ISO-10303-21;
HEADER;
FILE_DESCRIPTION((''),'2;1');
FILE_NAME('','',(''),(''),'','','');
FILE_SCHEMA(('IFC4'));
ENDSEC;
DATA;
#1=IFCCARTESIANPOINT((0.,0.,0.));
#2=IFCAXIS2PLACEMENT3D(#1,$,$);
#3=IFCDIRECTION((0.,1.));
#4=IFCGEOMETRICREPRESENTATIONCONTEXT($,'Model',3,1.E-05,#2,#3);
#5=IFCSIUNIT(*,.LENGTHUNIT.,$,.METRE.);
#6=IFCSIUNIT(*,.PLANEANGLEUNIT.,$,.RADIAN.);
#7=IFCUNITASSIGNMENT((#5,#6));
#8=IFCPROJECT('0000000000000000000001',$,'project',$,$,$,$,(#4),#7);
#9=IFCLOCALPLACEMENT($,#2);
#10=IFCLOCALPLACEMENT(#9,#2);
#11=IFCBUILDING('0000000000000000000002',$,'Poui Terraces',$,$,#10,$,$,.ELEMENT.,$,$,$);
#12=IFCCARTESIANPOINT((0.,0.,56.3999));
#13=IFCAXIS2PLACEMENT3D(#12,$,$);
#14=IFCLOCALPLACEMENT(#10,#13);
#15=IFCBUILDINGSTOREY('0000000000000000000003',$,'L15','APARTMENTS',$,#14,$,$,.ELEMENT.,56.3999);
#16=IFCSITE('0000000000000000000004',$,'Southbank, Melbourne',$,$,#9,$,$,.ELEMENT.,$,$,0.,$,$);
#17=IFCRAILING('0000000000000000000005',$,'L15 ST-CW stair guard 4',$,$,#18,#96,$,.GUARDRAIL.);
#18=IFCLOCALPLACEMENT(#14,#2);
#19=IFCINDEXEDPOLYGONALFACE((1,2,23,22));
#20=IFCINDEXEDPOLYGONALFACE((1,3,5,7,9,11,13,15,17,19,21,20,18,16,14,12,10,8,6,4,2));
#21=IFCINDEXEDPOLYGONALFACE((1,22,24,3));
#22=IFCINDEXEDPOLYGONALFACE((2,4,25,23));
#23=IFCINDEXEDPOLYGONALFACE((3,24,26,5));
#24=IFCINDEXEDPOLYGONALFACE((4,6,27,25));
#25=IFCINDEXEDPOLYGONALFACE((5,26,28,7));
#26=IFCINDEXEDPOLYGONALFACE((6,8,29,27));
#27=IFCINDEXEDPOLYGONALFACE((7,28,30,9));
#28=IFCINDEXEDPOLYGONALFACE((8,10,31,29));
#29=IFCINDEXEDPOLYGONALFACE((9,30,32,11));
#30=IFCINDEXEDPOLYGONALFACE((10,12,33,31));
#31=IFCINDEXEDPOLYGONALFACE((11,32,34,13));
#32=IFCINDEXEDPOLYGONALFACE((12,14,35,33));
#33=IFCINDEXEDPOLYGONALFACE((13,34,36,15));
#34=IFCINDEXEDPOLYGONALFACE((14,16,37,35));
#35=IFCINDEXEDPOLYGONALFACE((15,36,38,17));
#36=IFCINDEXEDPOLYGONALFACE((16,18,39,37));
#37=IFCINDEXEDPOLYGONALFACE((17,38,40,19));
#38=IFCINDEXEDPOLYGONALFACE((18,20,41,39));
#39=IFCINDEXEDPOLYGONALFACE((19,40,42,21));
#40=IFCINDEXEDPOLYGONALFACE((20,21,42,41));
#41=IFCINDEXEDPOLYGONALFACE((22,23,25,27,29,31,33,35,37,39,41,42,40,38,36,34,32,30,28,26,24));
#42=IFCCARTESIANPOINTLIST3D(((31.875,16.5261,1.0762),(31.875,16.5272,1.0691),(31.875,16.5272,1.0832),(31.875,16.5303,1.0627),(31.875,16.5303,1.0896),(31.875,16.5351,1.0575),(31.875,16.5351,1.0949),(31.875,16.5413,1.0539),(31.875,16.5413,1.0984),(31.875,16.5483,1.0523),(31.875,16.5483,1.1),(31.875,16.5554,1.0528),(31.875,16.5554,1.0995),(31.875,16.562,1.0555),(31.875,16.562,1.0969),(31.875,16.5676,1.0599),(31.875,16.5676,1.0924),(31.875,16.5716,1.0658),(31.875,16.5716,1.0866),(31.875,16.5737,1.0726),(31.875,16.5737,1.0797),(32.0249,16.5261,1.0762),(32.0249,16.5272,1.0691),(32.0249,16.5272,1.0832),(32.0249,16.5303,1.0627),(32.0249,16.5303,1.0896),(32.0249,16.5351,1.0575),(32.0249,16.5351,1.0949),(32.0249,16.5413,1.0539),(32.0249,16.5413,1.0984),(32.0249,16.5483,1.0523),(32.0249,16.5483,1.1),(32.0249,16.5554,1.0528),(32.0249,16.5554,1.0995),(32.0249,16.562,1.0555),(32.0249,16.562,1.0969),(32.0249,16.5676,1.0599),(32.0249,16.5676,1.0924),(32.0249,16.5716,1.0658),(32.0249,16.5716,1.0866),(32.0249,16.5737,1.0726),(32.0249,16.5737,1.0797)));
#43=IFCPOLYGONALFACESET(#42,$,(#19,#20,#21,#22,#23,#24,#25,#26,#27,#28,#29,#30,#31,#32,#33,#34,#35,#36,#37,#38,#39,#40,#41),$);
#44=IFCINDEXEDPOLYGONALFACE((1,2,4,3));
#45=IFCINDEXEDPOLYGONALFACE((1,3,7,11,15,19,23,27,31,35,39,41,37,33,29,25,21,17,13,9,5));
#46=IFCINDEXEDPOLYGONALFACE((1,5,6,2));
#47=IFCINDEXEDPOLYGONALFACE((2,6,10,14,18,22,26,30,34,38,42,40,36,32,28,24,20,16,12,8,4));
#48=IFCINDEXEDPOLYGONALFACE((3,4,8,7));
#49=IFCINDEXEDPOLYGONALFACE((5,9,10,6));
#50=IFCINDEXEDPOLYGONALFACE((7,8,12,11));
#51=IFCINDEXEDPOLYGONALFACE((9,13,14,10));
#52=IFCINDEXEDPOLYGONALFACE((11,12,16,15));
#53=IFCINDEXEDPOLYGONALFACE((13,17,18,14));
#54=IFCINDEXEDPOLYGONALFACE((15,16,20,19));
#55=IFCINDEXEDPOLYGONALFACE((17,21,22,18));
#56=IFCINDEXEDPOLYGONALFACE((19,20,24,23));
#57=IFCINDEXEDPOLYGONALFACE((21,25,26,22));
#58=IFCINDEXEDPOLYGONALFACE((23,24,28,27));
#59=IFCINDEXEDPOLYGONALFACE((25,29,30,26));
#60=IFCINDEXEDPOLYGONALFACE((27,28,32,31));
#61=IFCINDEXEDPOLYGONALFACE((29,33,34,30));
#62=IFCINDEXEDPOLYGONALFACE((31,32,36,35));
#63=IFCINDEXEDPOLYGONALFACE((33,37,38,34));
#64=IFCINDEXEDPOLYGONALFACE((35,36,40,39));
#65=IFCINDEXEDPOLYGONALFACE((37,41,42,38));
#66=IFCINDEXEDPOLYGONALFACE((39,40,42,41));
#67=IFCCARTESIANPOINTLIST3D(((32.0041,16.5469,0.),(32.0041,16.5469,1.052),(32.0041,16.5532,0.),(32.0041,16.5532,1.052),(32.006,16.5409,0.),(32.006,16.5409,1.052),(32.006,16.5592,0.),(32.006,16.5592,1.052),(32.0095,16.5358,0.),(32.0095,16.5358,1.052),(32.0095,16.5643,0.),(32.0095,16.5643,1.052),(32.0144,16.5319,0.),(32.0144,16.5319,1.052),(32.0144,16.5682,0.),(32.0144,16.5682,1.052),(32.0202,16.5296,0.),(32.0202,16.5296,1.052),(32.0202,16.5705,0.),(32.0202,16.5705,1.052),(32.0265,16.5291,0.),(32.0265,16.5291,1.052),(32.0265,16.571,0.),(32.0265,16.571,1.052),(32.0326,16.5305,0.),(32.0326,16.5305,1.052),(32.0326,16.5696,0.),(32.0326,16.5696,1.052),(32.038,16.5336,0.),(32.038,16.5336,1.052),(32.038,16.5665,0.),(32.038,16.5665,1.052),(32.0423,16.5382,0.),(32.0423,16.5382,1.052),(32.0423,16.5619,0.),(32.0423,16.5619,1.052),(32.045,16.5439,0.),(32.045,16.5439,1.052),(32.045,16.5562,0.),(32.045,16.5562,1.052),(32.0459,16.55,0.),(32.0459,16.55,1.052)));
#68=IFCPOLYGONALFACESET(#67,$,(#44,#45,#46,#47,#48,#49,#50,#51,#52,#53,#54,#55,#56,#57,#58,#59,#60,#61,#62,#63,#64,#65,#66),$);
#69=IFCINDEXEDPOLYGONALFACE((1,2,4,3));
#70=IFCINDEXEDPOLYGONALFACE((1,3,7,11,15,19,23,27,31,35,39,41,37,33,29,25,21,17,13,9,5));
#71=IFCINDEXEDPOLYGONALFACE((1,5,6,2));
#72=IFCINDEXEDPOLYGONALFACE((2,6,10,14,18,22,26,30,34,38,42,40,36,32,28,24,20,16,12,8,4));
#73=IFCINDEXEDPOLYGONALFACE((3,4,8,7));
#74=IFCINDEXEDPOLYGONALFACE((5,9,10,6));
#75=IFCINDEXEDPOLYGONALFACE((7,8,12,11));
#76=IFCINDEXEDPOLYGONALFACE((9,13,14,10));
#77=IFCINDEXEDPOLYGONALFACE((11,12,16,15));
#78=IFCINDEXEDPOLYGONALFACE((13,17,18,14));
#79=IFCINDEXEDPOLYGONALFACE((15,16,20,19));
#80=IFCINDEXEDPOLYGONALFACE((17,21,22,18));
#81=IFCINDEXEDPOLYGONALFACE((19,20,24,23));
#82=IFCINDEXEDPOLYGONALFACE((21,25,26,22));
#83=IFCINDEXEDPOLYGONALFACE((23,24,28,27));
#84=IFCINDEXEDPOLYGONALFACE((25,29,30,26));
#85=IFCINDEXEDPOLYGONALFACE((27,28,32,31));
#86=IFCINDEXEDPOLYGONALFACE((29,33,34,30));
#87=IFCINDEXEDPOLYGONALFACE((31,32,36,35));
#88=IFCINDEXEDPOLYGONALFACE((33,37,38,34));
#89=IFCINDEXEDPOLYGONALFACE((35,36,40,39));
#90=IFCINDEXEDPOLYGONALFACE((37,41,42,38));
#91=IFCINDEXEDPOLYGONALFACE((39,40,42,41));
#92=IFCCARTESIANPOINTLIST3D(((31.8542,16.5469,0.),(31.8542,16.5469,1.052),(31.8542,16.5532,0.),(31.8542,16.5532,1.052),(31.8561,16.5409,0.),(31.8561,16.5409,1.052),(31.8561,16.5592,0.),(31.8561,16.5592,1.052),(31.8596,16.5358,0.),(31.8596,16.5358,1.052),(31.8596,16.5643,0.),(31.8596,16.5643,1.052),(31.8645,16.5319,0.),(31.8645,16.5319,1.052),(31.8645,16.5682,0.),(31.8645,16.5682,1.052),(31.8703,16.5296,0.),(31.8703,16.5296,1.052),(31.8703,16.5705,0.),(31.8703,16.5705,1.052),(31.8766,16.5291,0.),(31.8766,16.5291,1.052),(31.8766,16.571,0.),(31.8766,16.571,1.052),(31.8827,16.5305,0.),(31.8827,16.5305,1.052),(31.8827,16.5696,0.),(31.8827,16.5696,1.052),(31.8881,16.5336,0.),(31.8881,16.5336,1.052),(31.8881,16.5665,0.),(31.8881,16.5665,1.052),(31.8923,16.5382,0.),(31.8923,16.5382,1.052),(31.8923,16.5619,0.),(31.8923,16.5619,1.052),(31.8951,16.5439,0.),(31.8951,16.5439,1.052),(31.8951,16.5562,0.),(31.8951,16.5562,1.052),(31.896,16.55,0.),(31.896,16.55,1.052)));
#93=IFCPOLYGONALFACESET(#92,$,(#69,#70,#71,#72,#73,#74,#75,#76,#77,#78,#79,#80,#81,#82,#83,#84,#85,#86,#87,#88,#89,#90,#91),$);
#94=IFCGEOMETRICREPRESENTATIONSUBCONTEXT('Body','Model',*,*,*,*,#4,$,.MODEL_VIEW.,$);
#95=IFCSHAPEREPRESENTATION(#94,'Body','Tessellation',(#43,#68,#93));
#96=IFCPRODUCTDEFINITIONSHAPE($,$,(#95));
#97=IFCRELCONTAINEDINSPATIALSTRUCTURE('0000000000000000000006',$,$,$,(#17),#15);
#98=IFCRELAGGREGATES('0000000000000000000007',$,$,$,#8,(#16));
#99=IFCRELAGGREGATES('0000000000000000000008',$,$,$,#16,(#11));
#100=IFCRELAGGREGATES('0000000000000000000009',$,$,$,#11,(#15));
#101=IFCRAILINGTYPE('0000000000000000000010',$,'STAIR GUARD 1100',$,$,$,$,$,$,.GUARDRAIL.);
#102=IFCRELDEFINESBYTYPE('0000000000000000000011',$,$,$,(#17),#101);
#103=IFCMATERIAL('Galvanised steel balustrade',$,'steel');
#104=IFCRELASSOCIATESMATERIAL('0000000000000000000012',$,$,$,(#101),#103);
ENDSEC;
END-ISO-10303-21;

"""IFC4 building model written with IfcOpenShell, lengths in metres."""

from ifc_helpers import new_model, si_unit, direction, frame, origin, origin_2d, place, context, subcontext, project, spatial, circle, extrude, material, type_object, element, save


model = new_model("IFC4")

# Units and contexts
model_context = context("Model", 3, precision=1e-05, world=origin(), true_north=direction((0.0, 1.0)))
body_context = subcontext(model_context, "Body", "Model", "MODEL_VIEW")
ifc_project = project(units=[si_unit("LENGTHUNIT", "METRE"), si_unit("PLANEANGLEUNIT", "RADIAN")], contexts=[model_context])

# Site, building, storey
site_placement = place(None, origin())
site = spatial("IfcSite", under=ifc_project, at=site_placement, Name="Southbank, Melbourne", CompositionType="ELEMENT", RefElevation=0.0)
building_placement = place(site_placement, origin())
building = spatial("IfcBuilding", under=site, at=building_placement, Name="Poui Terraces", CompositionType="ELEMENT")
storey_placement = place(building_placement, frame((0.0, 0.0, 56.3999)))
storey = spatial("IfcBuildingStorey", under=building, at=storey_placement, Name="L15", Description="APARTMENTS", CompositionType="ELEMENT", Elevation=56.3999)

# Railing
ifc_material_1 = material(Name="Galvanised steel balustrade", Category="steel")
railing_type_1 = type_object("IfcRailingType", Name="STAIR GUARD 1100", PredefinedType="GUARDRAIL", material=ifc_material_1)
railing_1_placement = place(storey_placement, frame((32.0249, 16.55, 0.0)))
element("IfcRailing", 1, at=railing_1_placement, inside=storey, type_object=railing_type_1, Name="L15 ST-CW stair guard 4", PredefinedType="GUARDRAIL", context=body_context, shape_type="SweptSolid", body=[
    extrude(circle(Radius=0.0239, at=origin_2d()), frame((0.0, 0.0, 1.0762), z_axis=(-1.0, 0.0, 0.0), x_axis=(0.0, -1.0, 0.0)), (0.0, 0.0, 1.0), 0.1499),
    extrude(circle(Radius=0.021, at=origin_2d()), origin(), (0.0, 0.0, 1.0), 1.052),
    extrude(circle(Radius=0.021, at=origin_2d()), frame((-0.1499, 0.0, 0.0)), (0.0, 0.0, 1.0), 1.052),
])

save(model, "model.ifc")
